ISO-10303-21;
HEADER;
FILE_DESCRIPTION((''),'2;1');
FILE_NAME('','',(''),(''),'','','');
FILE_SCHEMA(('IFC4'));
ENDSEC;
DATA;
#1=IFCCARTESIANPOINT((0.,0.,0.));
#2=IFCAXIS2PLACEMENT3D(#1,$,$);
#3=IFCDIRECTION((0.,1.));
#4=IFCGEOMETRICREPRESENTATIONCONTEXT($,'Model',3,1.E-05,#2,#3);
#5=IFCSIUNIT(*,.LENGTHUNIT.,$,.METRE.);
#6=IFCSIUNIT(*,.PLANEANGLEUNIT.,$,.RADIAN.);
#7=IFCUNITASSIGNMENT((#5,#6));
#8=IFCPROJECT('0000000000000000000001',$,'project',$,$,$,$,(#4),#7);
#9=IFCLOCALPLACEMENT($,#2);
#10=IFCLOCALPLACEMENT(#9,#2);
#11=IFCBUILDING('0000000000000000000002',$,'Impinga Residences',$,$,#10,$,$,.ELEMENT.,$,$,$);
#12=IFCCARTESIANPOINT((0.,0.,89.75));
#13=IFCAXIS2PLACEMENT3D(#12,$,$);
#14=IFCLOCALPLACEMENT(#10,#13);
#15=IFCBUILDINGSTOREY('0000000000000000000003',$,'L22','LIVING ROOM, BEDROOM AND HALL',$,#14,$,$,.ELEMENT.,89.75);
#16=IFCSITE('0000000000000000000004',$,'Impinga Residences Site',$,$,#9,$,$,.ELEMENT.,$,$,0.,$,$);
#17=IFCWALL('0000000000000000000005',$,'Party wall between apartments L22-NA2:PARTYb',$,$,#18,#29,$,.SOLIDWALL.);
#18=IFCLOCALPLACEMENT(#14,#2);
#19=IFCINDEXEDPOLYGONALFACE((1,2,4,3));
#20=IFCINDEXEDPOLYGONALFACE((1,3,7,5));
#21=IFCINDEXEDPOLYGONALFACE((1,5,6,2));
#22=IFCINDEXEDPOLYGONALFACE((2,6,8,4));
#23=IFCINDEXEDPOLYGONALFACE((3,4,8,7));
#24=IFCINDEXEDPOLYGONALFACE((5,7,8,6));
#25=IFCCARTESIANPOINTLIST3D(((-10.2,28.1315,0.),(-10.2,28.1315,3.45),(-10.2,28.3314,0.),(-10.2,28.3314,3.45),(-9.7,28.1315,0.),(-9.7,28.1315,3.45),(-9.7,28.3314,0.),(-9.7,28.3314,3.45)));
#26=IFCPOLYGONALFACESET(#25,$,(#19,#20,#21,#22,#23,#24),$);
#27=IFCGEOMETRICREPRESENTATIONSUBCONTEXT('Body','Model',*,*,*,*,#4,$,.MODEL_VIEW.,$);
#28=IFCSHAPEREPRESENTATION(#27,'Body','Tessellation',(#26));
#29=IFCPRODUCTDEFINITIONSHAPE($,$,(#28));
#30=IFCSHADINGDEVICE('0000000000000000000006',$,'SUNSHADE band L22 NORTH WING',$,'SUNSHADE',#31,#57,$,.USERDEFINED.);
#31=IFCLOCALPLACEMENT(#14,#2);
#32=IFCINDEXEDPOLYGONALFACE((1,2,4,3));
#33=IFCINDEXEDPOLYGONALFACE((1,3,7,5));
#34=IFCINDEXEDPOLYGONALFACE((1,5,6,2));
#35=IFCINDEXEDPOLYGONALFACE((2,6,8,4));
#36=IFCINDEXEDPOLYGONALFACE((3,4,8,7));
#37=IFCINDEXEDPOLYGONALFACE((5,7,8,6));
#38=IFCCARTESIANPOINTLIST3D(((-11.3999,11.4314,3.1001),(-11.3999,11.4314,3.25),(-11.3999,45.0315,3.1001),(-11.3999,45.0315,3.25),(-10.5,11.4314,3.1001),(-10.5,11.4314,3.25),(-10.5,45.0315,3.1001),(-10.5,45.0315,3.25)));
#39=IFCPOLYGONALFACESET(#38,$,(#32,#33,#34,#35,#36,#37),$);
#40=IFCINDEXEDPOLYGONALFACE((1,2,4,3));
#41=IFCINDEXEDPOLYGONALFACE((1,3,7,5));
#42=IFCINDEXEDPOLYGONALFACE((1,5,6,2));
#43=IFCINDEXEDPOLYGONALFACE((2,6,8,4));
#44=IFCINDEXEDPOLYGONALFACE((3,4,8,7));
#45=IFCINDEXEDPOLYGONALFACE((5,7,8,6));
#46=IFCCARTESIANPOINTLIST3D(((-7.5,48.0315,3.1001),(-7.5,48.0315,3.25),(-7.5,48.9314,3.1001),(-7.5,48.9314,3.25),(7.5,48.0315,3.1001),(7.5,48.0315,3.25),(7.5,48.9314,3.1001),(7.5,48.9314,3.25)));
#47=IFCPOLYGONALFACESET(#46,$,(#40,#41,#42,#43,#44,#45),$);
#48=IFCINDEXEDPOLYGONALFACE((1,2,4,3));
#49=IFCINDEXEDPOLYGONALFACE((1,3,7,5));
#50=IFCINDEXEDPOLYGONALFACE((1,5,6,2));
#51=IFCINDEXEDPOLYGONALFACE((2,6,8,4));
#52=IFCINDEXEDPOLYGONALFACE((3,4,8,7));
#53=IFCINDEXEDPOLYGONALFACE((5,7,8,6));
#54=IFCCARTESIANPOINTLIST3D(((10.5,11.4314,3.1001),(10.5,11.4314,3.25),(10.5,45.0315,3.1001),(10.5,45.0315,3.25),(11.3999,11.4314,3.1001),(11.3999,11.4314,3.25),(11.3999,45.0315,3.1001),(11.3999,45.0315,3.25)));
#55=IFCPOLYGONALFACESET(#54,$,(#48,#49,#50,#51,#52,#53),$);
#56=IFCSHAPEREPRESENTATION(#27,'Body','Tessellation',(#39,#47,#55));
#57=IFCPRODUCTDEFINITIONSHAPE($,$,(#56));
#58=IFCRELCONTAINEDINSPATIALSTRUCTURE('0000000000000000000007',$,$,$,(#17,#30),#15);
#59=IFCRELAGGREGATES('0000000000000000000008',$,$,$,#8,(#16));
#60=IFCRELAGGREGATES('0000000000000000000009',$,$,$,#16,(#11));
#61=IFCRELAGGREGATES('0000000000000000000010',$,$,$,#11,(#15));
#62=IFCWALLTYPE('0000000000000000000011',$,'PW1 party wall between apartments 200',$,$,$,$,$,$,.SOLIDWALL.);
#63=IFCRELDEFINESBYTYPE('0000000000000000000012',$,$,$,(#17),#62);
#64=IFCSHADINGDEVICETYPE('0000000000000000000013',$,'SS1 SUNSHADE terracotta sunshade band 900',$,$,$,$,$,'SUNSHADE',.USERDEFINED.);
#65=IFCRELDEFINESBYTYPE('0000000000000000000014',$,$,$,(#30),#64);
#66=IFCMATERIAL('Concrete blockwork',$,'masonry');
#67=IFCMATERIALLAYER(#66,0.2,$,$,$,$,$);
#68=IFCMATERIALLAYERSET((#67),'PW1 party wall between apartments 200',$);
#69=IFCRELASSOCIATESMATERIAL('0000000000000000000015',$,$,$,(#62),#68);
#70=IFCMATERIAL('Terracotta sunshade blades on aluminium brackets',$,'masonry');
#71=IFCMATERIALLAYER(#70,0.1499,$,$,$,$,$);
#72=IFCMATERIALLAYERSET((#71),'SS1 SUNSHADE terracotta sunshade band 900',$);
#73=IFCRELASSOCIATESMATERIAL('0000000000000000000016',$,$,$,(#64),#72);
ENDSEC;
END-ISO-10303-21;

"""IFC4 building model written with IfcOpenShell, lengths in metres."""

from ifc_helpers import new_model, si_unit, direction, frame, frame_2d, origin, origin_2d, place, context, subcontext, project, spatial, rectangle, extrude, material, layer, layer_set, type_object, element, save


model = new_model("IFC4")

# Units and contexts
model_context = context("Model", 3, precision=1e-05, world=origin(), true_north=direction((0.0, 1.0)))
body_context = subcontext(model_context, "Body", "Model", "MODEL_VIEW")
ifc_project = project(units=[si_unit("LENGTHUNIT", "METRE"), si_unit("PLANEANGLEUNIT", "RADIAN")], contexts=[model_context])

# Site, building, storey
site_placement = place(None, origin())
site = spatial("IfcSite", under=ifc_project, at=site_placement, Name="Impinga Residences Site", CompositionType="ELEMENT", RefElevation=0.0)
building_placement = place(site_placement, origin())
building = spatial("IfcBuilding", under=site, at=building_placement, Name="Impinga Residences", CompositionType="ELEMENT")
storey_placement = place(building_placement, frame((0.0, 0.0, 89.75)))
storey = spatial("IfcBuildingStorey", under=building, at=storey_placement, Name="L22", Description="LIVING ROOM, BEDROOM AND HALL", CompositionType="ELEMENT", Elevation=89.75)

# Wall
ifc_material_1 = material(Name="Concrete blockwork", Category="masonry")
ifc_layer_1 = layer(ifc_material_1, 0.2)
ifc_layer_set_1 = layer_set([ifc_layer_1], Name="PW1 party wall between apartments 200")
wall_type_1 = type_object("IfcWallType", Name="PW1 party wall between apartments 200", PredefinedType="SOLIDWALL", material=ifc_layer_set_1)
wall_1_placement = place(storey_placement, frame((-9.7, 28.2314, 0.0), z_axis=(0.0, 0.0, 1.0), x_axis=(-1.0, 0.0, 0.0)))
element("IfcWall", 1, at=wall_1_placement, inside=storey, type_object=wall_type_1, Name="Party wall between apartments L22-NA2:PARTYb", PredefinedType="SOLIDWALL", context=body_context, shape_type="SweptSolid", body=[
    extrude(rectangle(XDim=0.5, YDim=0.2, at=frame_2d((0.25, 0.0))), origin(), (0.0, 0.0, 1.0), 3.45),
])

# Shading device
ifc_material_2 = material(Name="Terracotta sunshade blades on aluminium brackets", Category="masonry")
ifc_layer_2 = layer(ifc_material_2, 0.1499)
ifc_layer_set_2 = layer_set([ifc_layer_2], Name="SS1 SUNSHADE terracotta sunshade band 900")
shading_device_type = type_object("IfcShadingDeviceType", Name="SS1 SUNSHADE terracotta sunshade band 900", ElementType="SUNSHADE", PredefinedType="USERDEFINED", material=ifc_layer_set_2)
shading_device_placement = place(storey_placement, frame((-10.95, 28.2314, 3.1001), z_axis=(0.0, 0.0, 1.0), x_axis=(0.0, 1.0, 0.0)))
element("IfcShadingDevice", 2, at=shading_device_placement, inside=storey, type_object=shading_device_type, Name="SUNSHADE band L22 NORTH WING", ObjectType="SUNSHADE", PredefinedType="USERDEFINED", context=body_context, shape_type="SweptSolid", body=[
    extrude(rectangle(XDim=33.6001, YDim=0.8999, at=origin_2d()), origin(), (0.0, 0.0, 1.0), 0.1499),
    extrude(rectangle(XDim=15.0, YDim=0.8999, at=origin_2d()), frame((20.25, -10.95, 0.0), z_axis=(0.0, 0.0, 1.0), x_axis=(0.0, -1.0, 0.0)), (0.0, 0.0, 1.0), 0.1499),
    extrude(rectangle(XDim=33.6001, YDim=0.8999, at=origin_2d()), frame((0.0, -21.8999, 0.0), z_axis=(0.0, 0.0, 1.0), x_axis=(-1.0, 0.0, 0.0)), (0.0, 0.0, 1.0), 0.1499),
])

save(model, "model.ifc")
